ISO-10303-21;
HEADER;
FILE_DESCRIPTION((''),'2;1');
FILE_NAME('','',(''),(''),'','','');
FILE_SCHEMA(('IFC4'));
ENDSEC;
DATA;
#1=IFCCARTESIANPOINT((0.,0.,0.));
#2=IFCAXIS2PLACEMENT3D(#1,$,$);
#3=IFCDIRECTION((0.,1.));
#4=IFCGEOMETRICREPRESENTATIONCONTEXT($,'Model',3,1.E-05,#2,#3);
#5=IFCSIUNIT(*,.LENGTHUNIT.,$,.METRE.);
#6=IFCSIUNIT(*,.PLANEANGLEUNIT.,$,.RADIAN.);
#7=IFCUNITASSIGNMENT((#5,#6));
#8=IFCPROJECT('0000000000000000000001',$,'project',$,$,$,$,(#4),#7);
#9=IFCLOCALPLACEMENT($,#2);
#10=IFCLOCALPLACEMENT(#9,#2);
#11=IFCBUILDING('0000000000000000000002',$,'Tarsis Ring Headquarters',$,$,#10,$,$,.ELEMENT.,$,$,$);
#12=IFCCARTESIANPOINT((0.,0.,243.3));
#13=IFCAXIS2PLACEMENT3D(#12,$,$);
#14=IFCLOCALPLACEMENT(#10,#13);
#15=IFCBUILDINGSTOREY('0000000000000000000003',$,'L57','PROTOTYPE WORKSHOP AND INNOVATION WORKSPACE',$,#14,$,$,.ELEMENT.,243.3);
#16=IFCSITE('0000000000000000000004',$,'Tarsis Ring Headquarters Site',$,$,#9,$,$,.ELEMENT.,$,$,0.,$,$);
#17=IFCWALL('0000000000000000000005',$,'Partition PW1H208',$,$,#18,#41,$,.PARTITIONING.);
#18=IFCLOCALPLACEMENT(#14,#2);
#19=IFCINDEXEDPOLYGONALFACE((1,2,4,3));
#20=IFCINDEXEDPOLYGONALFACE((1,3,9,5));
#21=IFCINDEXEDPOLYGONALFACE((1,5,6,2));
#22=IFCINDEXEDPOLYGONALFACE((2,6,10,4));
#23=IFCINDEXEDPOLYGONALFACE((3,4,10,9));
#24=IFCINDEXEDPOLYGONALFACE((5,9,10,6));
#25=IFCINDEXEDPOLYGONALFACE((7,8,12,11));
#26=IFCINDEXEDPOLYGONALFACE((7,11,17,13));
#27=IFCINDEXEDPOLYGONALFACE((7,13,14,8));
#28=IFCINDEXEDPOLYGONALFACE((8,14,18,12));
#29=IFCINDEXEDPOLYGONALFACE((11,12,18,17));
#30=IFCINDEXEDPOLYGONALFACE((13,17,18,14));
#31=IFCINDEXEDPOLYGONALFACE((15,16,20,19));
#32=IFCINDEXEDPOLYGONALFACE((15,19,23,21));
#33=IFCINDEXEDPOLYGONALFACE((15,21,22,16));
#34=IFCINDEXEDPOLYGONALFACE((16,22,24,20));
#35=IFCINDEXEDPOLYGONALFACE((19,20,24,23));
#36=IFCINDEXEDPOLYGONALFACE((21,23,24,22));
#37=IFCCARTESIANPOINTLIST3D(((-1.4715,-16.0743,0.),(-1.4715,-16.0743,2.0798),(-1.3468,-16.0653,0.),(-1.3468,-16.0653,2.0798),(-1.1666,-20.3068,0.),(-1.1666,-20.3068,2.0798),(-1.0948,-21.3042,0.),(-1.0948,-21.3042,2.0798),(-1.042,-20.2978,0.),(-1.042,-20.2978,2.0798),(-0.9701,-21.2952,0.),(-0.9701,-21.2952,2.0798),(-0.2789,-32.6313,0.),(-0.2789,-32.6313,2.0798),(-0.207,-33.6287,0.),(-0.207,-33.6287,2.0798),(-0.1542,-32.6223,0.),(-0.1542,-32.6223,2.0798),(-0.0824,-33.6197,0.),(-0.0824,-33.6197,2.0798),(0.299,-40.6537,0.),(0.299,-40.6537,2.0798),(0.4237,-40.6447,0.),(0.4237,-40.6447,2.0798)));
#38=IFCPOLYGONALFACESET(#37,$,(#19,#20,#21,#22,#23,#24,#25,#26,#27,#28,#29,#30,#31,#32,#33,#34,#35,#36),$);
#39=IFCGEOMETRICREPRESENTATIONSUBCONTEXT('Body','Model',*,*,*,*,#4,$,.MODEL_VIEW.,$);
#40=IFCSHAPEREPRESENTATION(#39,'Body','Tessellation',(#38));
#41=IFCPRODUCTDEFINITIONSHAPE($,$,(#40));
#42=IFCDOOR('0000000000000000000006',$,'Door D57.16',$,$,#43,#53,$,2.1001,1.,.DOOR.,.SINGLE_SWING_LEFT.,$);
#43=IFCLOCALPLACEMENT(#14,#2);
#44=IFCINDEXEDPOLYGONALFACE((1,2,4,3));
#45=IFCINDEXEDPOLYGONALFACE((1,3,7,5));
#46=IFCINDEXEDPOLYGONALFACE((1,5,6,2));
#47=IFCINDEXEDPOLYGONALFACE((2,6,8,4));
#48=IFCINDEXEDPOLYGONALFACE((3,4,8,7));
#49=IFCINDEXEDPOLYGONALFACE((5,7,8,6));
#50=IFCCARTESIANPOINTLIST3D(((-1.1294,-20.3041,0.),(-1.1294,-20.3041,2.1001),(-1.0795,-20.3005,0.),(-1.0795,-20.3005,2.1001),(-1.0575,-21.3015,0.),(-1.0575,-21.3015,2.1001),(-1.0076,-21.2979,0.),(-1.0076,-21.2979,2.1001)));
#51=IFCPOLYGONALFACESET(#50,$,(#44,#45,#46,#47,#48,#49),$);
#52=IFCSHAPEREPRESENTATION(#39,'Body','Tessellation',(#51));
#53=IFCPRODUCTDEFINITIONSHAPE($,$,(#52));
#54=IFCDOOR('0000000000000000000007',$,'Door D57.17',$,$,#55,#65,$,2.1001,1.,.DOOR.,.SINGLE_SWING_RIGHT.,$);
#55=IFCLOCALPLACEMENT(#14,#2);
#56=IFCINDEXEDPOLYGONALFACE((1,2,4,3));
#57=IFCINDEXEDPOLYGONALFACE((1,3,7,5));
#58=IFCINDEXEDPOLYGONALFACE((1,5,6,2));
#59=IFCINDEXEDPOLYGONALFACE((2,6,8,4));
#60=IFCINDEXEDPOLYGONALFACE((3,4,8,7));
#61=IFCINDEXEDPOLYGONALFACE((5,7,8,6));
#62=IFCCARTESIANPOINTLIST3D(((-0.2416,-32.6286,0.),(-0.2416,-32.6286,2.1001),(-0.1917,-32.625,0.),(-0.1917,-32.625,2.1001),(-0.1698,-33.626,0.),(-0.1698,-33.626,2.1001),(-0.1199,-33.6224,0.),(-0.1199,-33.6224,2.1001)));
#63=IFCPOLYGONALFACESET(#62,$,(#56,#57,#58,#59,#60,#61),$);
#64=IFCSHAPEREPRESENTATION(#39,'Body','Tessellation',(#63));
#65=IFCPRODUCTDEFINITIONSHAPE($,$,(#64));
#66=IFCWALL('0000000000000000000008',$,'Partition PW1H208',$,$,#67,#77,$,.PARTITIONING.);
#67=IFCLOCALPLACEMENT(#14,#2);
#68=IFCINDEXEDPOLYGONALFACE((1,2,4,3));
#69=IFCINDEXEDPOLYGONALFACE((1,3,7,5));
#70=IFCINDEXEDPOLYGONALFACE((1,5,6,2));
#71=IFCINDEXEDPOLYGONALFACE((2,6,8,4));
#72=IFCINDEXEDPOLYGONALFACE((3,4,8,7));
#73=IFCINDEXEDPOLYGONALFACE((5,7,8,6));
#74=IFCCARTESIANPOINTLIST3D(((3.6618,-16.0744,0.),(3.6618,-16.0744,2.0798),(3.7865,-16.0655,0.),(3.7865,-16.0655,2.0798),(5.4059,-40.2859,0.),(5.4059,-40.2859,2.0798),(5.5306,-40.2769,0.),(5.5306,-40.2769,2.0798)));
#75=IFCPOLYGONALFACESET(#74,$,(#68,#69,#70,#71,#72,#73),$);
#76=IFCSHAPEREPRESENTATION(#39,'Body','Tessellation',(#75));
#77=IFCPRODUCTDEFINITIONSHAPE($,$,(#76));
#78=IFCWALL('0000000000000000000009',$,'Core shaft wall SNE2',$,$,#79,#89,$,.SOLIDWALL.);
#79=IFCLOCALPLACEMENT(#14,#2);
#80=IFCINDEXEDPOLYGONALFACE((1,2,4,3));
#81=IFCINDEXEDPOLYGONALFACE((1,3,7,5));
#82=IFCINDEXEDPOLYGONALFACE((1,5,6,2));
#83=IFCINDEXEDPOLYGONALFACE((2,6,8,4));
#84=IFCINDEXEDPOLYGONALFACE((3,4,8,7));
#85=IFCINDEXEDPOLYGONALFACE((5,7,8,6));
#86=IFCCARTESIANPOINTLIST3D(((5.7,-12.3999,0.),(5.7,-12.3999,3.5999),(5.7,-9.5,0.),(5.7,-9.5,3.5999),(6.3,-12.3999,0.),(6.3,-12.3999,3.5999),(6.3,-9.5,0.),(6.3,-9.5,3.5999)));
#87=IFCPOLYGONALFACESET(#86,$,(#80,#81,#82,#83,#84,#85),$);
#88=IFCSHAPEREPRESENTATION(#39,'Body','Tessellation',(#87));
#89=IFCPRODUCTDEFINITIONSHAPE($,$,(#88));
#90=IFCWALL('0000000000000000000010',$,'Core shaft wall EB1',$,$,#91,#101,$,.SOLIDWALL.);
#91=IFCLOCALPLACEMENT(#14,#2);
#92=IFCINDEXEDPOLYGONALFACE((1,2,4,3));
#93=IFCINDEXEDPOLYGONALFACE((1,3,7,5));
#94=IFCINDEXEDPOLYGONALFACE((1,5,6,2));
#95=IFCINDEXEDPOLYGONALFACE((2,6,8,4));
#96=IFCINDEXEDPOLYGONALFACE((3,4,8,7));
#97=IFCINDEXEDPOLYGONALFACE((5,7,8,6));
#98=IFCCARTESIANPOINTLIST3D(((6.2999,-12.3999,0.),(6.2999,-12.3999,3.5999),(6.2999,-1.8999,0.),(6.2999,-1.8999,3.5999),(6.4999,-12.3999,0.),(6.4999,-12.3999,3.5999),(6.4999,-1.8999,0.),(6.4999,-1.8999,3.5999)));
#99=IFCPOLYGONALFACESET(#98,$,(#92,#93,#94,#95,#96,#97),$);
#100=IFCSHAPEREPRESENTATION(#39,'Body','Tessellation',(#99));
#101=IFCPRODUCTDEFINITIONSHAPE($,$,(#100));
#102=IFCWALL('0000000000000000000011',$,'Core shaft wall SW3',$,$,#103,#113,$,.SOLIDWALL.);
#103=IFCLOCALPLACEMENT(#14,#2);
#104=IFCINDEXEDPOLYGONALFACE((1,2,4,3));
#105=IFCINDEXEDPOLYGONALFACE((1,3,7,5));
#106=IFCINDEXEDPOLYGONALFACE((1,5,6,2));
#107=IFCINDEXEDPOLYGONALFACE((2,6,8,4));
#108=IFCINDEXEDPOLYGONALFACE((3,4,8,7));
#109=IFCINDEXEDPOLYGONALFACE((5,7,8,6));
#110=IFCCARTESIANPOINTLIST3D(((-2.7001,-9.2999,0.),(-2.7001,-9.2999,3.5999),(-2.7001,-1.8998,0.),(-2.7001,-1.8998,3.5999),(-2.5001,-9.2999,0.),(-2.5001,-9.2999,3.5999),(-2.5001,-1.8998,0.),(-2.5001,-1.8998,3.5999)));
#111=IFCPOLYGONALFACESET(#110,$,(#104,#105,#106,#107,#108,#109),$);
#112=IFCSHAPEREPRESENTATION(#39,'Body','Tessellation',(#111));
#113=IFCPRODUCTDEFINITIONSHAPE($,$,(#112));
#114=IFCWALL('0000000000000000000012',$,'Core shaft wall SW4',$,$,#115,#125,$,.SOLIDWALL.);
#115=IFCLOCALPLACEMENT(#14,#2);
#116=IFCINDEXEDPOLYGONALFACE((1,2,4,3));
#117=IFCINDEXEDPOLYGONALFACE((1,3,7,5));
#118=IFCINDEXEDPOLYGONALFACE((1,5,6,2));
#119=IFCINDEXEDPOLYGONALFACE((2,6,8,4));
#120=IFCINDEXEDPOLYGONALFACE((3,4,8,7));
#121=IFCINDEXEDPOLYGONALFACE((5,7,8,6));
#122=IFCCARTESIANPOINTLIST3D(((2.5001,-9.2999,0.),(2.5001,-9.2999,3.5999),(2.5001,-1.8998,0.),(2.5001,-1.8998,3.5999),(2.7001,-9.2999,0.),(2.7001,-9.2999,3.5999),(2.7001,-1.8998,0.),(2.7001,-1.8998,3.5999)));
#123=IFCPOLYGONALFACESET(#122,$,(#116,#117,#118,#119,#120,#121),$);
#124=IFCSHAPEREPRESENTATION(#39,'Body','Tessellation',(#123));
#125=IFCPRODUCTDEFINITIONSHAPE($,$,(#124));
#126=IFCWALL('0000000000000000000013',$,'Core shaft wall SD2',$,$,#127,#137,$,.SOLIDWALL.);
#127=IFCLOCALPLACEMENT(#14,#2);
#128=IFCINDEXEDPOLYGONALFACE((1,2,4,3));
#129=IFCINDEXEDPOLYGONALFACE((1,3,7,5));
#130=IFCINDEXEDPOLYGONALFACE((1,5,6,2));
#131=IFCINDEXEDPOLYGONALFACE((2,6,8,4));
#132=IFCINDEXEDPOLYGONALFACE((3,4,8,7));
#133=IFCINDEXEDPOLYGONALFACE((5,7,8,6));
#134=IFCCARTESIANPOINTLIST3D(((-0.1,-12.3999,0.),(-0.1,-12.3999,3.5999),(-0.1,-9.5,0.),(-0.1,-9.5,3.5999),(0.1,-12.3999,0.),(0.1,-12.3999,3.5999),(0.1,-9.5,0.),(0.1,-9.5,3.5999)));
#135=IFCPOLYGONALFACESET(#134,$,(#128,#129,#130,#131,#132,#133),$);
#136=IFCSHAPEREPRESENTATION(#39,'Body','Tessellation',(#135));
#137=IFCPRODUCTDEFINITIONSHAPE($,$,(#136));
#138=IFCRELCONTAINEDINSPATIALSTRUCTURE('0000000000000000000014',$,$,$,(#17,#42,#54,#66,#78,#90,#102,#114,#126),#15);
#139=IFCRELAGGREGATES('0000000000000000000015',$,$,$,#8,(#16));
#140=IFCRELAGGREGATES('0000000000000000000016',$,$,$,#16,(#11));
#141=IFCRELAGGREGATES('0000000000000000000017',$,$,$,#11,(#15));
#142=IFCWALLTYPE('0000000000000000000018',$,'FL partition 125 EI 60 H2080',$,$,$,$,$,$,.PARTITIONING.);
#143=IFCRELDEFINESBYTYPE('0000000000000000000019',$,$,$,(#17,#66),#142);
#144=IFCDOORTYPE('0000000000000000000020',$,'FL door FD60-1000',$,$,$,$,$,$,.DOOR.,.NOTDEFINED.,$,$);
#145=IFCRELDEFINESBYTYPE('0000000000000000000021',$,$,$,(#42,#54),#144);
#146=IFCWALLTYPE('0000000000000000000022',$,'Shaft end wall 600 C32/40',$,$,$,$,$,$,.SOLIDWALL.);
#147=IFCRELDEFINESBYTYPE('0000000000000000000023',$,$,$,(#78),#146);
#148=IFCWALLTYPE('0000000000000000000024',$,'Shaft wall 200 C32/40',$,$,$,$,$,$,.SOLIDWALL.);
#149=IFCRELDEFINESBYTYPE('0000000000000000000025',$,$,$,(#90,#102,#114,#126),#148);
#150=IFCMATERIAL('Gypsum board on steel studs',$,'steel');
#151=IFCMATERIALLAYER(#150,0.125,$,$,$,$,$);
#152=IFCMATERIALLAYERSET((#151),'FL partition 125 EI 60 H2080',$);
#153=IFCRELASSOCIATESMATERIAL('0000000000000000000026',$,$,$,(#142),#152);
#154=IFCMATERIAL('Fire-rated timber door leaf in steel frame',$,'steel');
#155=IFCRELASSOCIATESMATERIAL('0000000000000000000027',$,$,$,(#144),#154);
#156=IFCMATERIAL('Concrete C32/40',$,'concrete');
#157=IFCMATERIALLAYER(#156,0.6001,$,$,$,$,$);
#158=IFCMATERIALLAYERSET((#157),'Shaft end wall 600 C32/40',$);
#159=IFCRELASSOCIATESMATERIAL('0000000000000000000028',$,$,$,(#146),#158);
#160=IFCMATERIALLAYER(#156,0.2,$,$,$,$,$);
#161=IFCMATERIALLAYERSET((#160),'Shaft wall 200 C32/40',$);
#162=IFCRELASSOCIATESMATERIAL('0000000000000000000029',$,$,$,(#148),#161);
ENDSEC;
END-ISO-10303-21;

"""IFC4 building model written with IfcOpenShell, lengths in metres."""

from ifc_helpers import new_model, si_unit, direction, frame, frame_2d, origin, place, context, subcontext, project, spatial, rectangle, extrude, material, layer, layer_set, type_object, element, fill, save


model = new_model("IFC4")

# Units and contexts
model_context = context("Model", 3, precision=1e-05, world=origin(), true_north=direction((0.0, 1.0)))
body_context = subcontext(model_context, "Body", "Model", "MODEL_VIEW")
ifc_project = project(units=[si_unit("LENGTHUNIT", "METRE"), si_unit("PLANEANGLEUNIT", "RADIAN")], contexts=[model_context])

# Site, building, storey
site_placement = place(None, origin())
site = spatial("IfcSite", under=ifc_project, at=site_placement, Name="Tarsis Ring Headquarters Site", CompositionType="ELEMENT", RefElevation=0.0)
building_placement = place(site_placement, origin())
building = spatial("IfcBuilding", under=site, at=building_placement, Name="Tarsis Ring Headquarters", CompositionType="ELEMENT")
storey_placement = place(building_placement, frame((0.0, 0.0, 243.3)))
storey = spatial("IfcBuildingStorey", under=building, at=storey_placement, Name="L57", Description="PROTOTYPE WORKSHOP AND INNOVATION WORKSPACE", CompositionType="ELEMENT", Elevation=243.3)

# Shared definitions
ifc_material_1 = material(Name="Gypsum board on steel studs", Category="steel")

# Shared definitions
ifc_layer_1 = layer(ifc_material_1, 0.125)
ifc_layer_set_1 = layer_set([ifc_layer_1], Name="FL partition 125 EI 60 H2080")
wall_type_1 = type_object("IfcWallType", Name="FL partition 125 EI 60 H2080", PredefinedType="PARTITIONING", material=ifc_layer_set_1)
ifc_material_2 = material(Name="Fire-rated timber door leaf in steel frame", Category="steel")
door_type = type_object("IfcDoorType", Name="FL door FD60-1000", OperationType="NOTDEFINED", PredefinedType="DOOR", material=ifc_material_2)

# Wall, openings, doors
wall_1_placement = place(storey_placement, frame((-1.4092, -16.0698, 0.0), z_axis=(0.0, 0.0, 1.0), x_axis=(0.071846, -0.997416, 0.0)))
wall_1 = element("IfcWall", 1, at=wall_1_placement, inside=storey, type_object=wall_type_1, Name="Partition PW1H208", PredefinedType="PARTITIONING", context=body_context, shape_type="SweptSolid", body=[
    extrude(rectangle(XDim=24.6431, YDim=0.125, at=frame_2d((12.3215, 0.0))), origin(), (0.0, 0.0, 1.0), 2.0798),
])
opening_1_placement = place(wall_1_placement, frame((4.2434, 0.0, 0.0)))
opening_1 = element("IfcOpeningElement", 2, at=opening_1_placement, cuts=wall_1, PredefinedType="OPENING", context=body_context, shape_type="SweptSolid", body=[
    extrude(rectangle(XDim=1.0, YDim=2.1001, at=frame_2d((0.5, 1.05))), frame((0.0, 0.0725, 0.0), z_axis=(0.0, -1.0, 0.0), x_axis=(1.0, 0.0, 0.0)), (0.0, 0.0, 1.0), 0.145),
])
opening_2_placement = place(wall_1_placement, frame((16.5999, 0.0, 0.0)))
opening_2 = element("IfcOpeningElement", 3, at=opening_2_placement, cuts=wall_1, PredefinedType="OPENING", context=body_context, shape_type="SweptSolid", body=[
    extrude(rectangle(XDim=1.0, YDim=2.1001, at=frame_2d((0.5, 1.05))), frame((0.0, 0.0725, 0.0), z_axis=(0.0, -1.0, 0.0), x_axis=(1.0, 0.0, 0.0)), (0.0, 0.0, 1.0), 0.145),
])
door_1_placement = place(opening_1_placement, origin())
door_1 = element("IfcDoor", 4, at=door_1_placement, inside=storey, type_object=door_type, Name="Door D57.16", OperationType="SINGLE_SWING_LEFT", OverallHeight=2.1001, OverallWidth=1.0, PredefinedType="DOOR", context=body_context, shape_type="SweptSolid", body=[
    extrude(rectangle(XDim=1.0, YDim=2.1001, at=frame_2d((0.5, 1.05))), frame((0.0, 0.0249, 0.0), z_axis=(0.0, -1.0, 0.0), x_axis=(1.0, 0.0, 0.0)), (0.0, 0.0, 1.0), 0.05),
])
fill(opening_1, door_1)
door_2_placement = place(opening_2_placement, origin())
door_2 = element("IfcDoor", 5, at=door_2_placement, inside=storey, type_object=door_type, Name="Door D57.17", OperationType="SINGLE_SWING_RIGHT", OverallHeight=2.1001, OverallWidth=1.0, PredefinedType="DOOR", context=body_context, shape_type="SweptSolid", body=[
    extrude(rectangle(XDim=1.0, YDim=2.1001, at=frame_2d((0.5, 1.05))), frame((0.0, 0.0249, 0.0), z_axis=(0.0, -1.0, 0.0), x_axis=(1.0, 0.0, 0.0)), (0.0, 0.0, 1.0), 0.05),
])
fill(opening_2, door_2)

# Walls
wall_2_placement = place(storey_placement, frame((3.7241, -16.0698, 0.0), z_axis=(0.0, 0.0, 1.0), x_axis=(0.071852, -0.997415, 0.0)))
element("IfcWall", 6, at=wall_2_placement, inside=storey, type_object=wall_type_1, Name="Partition PW1H208", PredefinedType="PARTITIONING", context=body_context, shape_type="SweptSolid", body=[
    extrude(rectangle(XDim=24.2742, YDim=0.125, at=frame_2d((12.1372, 0.0))), origin(), (0.0, 0.0, 1.0), 2.0798),
])
ifc_material_3 = material(Name="Concrete C32/40", Category="concrete")
ifc_layer_2 = layer(ifc_material_3, 0.6001)
ifc_layer_set_2 = layer_set([ifc_layer_2], Name="Shaft end wall 600 C32/40")
wall_type_2 = type_object("IfcWallType", Name="Shaft end wall 600 C32/40", PredefinedType="SOLIDWALL", material=ifc_layer_set_2)
wall_3_placement = place(storey_placement, frame((6.0, -12.3999, 0.0), z_axis=(0.0, 0.0, 1.0), x_axis=(0.0, 1.0, 0.0)))
element("IfcWall", 7, at=wall_3_placement, inside=storey, type_object=wall_type_2, Name="Core shaft wall SNE2", PredefinedType="SOLIDWALL", context=body_context, shape_type="SweptSolid", body=[
    extrude(rectangle(XDim=2.8999, YDim=0.6001, at=frame_2d((1.45, 0.0))), origin(), (0.0, 0.0, 1.0), 3.5999),
])
ifc_layer_3 = layer(ifc_material_3, 0.2)
ifc_layer_set_3 = layer_set([ifc_layer_3], Name="Shaft wall 200 C32/40")
wall_type_3 = type_object("IfcWallType", Name="Shaft wall 200 C32/40", PredefinedType="SOLIDWALL", material=ifc_layer_set_3)
wall_4_placement = place(storey_placement, frame((6.3999, -12.3999, 0.0), z_axis=(0.0, 0.0, 1.0), x_axis=(0.0, 1.0, 0.0)))
element("IfcWall", 8, at=wall_4_placement, inside=storey, type_object=wall_type_3, Name="Core shaft wall EB1", PredefinedType="SOLIDWALL", context=body_context, shape_type="SweptSolid", body=[
    extrude(rectangle(XDim=10.5, YDim=0.2, at=frame_2d((5.25, 0.0))), origin(), (0.0, 0.0, 1.0), 3.5999),
])
for number, where, z_axis, x_axis, name in (
    (9, (-2.6001, -9.3, 0.0), (0.0, 0.0, 1.0), (0.0, 1.0, 0.0), "Core shaft wall SW3"),
    (10, (2.6001, -9.3, 0.0), (0.0, 0.0, 1.0), (0.0, 1.0, 0.0), "Core shaft wall SW4"),
):
    element("IfcWall", number, at=place(storey_placement, frame(where, z_axis=z_axis, x_axis=x_axis)), inside=storey, type_object=wall_type_3, Name=name, PredefinedType="SOLIDWALL", context=body_context, shape_type="SweptSolid", body=[
        extrude(rectangle(XDim=7.4001, YDim=0.2, at=frame_2d((3.7002, 0.0))), origin(), (0.0, 0.0, 1.0), 3.5999),
    ])
wall_5_placement = place(storey_placement, frame((0.0, -12.3999, 0.0), z_axis=(0.0, 0.0, 1.0), x_axis=(0.0, 1.0, 0.0)))
element("IfcWall", 11, at=wall_5_placement, inside=storey, type_object=wall_type_3, Name="Core shaft wall SD2", PredefinedType="SOLIDWALL", context=body_context, shape_type="SweptSolid", body=[
    extrude(rectangle(XDim=2.8999, YDim=0.2, at=frame_2d((1.45, 0.0))), origin(), (0.0, 0.0, 1.0), 3.5999),
])

save(model, "model.ifc")
